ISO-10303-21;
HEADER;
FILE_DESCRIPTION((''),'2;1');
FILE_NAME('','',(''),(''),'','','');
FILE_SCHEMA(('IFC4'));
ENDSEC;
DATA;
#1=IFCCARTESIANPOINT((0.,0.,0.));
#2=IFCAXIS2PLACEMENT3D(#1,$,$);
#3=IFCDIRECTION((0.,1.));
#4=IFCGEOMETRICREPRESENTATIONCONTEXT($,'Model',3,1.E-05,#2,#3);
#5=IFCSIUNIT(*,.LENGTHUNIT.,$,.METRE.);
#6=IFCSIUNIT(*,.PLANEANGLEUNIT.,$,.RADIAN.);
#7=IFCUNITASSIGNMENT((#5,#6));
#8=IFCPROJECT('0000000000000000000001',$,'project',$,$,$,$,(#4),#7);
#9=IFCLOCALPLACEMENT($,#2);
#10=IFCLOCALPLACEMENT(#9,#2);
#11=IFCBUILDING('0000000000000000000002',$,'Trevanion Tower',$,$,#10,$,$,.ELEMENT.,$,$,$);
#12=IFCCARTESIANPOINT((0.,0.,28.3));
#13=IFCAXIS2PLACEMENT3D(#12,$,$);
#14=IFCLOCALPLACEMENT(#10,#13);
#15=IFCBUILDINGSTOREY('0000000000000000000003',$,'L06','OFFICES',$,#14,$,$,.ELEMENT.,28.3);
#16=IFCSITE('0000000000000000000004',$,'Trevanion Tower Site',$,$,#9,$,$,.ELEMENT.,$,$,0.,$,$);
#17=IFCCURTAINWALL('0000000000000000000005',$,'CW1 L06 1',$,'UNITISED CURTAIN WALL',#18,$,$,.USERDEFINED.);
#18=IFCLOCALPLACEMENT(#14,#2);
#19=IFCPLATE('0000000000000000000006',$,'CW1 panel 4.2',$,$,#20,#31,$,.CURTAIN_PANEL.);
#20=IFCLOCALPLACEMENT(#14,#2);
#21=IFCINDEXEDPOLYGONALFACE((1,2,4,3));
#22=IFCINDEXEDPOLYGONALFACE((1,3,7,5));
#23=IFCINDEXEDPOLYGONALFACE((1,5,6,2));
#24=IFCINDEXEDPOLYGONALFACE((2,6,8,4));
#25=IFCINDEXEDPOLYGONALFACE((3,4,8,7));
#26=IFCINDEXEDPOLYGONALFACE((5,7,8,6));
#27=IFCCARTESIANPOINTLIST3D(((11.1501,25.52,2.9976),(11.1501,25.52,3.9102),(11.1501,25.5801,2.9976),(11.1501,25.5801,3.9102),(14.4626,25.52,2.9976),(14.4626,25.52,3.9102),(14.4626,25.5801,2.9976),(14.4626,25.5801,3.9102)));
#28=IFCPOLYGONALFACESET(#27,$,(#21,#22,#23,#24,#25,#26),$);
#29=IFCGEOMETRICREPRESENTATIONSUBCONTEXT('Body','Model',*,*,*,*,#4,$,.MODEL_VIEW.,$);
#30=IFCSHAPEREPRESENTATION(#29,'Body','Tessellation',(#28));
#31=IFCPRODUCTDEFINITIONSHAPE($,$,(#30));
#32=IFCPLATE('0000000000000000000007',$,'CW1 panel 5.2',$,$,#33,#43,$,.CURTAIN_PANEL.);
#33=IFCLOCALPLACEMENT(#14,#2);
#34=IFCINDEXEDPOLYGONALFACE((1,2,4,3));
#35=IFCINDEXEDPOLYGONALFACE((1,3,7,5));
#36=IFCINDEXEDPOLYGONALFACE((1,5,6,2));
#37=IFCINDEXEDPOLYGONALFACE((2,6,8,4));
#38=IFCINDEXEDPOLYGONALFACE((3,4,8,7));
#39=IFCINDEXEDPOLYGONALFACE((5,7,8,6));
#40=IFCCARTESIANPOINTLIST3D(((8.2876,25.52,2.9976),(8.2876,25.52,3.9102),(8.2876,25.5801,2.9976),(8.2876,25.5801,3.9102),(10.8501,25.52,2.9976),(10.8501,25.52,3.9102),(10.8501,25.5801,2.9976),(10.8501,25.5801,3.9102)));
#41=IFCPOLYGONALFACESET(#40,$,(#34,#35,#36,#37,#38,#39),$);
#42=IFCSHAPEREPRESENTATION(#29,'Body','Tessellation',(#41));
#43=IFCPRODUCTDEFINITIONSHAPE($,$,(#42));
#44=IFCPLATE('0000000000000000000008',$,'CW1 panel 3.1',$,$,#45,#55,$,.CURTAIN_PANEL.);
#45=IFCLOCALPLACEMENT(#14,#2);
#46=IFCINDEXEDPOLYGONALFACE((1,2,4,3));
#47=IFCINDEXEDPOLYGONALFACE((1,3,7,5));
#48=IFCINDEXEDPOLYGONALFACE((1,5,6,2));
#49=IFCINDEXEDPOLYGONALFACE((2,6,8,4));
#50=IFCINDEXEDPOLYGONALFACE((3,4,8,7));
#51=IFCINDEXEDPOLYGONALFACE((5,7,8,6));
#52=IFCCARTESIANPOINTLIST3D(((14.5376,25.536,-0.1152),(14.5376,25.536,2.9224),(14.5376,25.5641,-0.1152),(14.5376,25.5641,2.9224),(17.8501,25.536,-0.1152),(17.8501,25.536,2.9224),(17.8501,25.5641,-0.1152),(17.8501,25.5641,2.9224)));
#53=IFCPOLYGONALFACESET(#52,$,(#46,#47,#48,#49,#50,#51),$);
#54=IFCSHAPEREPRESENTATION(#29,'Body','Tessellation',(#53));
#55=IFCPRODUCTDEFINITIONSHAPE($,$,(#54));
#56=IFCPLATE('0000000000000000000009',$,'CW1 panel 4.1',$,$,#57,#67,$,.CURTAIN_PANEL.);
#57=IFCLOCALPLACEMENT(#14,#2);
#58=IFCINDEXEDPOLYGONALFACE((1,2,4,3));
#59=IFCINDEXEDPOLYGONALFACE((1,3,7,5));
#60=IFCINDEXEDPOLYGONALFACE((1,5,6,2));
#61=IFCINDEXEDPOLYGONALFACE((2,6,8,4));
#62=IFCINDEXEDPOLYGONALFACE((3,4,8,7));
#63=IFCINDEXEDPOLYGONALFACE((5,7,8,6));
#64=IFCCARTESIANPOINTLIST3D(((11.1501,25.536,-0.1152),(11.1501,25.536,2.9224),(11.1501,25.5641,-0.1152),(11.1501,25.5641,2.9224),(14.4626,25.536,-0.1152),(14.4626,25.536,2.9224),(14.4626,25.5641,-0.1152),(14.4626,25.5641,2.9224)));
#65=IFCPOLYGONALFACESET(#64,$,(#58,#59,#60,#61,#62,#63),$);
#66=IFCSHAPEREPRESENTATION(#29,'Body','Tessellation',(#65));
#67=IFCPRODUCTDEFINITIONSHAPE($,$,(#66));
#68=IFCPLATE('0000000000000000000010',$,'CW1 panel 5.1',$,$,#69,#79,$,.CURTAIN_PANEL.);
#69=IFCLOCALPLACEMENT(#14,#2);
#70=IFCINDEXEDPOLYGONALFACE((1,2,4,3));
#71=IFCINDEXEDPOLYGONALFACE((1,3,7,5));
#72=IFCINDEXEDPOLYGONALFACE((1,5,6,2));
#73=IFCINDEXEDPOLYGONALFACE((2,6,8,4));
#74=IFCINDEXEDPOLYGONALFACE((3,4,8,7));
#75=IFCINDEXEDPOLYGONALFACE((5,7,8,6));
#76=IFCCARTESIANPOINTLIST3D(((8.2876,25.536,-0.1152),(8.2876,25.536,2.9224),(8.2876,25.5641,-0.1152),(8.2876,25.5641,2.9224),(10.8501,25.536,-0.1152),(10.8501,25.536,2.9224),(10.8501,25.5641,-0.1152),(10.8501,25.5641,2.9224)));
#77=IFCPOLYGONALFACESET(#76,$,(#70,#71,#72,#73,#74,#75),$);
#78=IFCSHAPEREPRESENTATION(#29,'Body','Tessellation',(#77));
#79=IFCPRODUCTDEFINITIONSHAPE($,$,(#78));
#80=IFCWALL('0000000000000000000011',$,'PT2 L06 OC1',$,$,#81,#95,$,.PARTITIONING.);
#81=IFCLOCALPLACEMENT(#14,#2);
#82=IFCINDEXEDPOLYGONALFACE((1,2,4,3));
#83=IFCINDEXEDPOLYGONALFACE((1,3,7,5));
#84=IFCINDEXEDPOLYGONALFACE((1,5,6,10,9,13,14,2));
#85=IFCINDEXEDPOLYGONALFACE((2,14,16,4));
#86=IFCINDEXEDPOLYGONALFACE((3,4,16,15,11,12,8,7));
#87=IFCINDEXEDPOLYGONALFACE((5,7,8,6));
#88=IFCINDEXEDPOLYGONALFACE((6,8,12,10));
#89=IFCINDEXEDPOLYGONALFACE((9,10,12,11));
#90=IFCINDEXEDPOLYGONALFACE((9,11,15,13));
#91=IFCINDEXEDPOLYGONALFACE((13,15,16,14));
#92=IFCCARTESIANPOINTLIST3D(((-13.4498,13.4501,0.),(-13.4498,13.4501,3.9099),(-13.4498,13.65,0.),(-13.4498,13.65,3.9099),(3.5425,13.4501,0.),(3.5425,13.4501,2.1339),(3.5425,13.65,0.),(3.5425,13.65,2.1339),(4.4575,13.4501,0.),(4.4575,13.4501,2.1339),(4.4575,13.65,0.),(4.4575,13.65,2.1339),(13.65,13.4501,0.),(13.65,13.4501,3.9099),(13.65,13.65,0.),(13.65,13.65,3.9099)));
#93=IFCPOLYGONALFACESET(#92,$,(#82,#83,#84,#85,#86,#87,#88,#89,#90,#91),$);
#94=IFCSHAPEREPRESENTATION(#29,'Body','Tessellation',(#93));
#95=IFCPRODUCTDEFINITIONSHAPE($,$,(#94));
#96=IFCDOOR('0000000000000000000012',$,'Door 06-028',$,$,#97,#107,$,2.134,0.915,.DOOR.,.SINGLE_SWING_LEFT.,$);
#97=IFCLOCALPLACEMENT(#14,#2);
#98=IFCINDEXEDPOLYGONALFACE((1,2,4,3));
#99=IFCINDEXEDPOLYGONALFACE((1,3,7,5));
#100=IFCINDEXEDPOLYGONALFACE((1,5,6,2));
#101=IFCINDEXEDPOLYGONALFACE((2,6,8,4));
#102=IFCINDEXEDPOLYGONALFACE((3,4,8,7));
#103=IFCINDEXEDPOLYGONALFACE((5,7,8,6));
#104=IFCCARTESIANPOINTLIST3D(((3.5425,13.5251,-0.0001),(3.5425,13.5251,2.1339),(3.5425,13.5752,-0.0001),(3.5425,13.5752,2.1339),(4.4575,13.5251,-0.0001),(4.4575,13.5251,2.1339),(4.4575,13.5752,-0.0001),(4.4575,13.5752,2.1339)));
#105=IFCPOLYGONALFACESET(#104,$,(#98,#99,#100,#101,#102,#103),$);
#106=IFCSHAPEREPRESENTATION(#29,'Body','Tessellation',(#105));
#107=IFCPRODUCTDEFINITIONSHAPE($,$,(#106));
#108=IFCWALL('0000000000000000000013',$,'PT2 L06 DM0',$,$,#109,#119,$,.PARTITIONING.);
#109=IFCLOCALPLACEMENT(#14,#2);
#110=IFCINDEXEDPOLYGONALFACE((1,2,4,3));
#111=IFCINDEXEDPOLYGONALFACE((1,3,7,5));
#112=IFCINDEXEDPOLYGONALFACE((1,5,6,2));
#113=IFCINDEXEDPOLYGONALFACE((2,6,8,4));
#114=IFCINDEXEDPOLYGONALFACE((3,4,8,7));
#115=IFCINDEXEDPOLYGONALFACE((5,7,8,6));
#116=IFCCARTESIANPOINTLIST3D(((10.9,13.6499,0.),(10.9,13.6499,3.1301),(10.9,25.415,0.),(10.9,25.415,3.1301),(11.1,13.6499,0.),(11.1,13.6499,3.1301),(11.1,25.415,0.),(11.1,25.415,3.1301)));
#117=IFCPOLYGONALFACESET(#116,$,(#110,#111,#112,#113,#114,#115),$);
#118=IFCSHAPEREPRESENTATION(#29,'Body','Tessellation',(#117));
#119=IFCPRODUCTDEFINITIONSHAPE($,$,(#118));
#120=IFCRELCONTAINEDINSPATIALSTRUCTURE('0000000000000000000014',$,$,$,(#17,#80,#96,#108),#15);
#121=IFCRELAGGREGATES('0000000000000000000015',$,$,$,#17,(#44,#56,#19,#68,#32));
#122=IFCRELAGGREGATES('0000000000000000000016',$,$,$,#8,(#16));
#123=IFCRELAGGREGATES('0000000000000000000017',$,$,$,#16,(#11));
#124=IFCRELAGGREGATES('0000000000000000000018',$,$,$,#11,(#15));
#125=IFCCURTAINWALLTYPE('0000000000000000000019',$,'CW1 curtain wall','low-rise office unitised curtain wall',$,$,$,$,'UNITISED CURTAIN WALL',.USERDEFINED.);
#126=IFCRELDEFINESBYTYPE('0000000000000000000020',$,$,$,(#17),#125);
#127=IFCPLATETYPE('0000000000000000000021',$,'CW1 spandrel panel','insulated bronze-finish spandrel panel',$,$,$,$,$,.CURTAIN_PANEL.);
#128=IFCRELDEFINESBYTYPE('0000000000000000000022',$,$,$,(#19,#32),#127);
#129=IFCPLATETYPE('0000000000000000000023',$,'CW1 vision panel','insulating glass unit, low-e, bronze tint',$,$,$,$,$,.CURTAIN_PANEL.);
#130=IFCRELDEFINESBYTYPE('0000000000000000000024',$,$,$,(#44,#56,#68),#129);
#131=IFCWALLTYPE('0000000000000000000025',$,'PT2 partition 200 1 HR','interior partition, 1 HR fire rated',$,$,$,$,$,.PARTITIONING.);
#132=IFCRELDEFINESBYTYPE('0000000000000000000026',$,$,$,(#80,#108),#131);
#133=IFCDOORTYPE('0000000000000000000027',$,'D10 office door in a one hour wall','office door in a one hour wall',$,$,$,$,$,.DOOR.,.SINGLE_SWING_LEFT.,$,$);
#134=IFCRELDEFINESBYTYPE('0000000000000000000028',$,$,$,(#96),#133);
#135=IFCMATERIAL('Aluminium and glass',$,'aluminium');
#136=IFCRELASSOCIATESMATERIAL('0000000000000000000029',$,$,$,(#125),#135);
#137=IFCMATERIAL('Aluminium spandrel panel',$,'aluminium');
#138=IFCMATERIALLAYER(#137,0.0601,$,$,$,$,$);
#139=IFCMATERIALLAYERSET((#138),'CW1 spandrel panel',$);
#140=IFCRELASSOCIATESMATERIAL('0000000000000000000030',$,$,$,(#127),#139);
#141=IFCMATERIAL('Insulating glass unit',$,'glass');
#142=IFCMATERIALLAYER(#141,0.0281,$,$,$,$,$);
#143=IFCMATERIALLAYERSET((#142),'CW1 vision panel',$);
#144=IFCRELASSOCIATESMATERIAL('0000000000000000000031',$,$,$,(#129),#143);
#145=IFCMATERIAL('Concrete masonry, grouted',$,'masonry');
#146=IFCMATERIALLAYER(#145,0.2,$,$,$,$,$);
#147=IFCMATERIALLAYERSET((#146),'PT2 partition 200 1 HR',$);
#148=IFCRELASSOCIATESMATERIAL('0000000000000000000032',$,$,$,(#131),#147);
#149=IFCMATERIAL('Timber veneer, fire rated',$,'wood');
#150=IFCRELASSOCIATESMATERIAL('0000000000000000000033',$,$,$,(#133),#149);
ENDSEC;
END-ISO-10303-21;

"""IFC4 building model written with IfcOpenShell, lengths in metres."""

from ifc_helpers import new_model, si_unit, direction, frame, frame_2d, origin, origin_2d, place, context, subcontext, project, spatial, rectangle, extrude, material, layer, layer_set, type_object, element, fill, aggregate, save


model = new_model("IFC4")

# Units and contexts
model_context = context("Model", 3, precision=1e-05, world=origin(), true_north=direction((0.0, 1.0)))
body_context = subcontext(model_context, "Body", "Model", "MODEL_VIEW")
ifc_project = project(units=[si_unit("LENGTHUNIT", "METRE"), si_unit("PLANEANGLEUNIT", "RADIAN")], contexts=[model_context])

# Site, building, storey
site_placement = place(None, origin())
site = spatial("IfcSite", under=ifc_project, at=site_placement, Name="Trevanion Tower Site", CompositionType="ELEMENT", RefElevation=0.0)
building_placement = place(site_placement, origin())
building = spatial("IfcBuilding", under=site, at=building_placement, Name="Trevanion Tower", CompositionType="ELEMENT")
storey_placement = place(building_placement, frame((0.0, 0.0, 28.3)))
storey = spatial("IfcBuildingStorey", under=building, at=storey_placement, Name="L06", Description="OFFICES", CompositionType="ELEMENT", Elevation=28.3)

# Curtain wall
ifc_material_1 = material(Name="Aluminium and glass", Category="aluminium")
curtain_wall_type = type_object("IfcCurtainWallType", Name="CW1 curtain wall", Description="low-rise office unitised curtain wall", ElementType="UNITISED CURTAIN WALL", PredefinedType="USERDEFINED", material=ifc_material_1)
curtain_wall_placement = place(storey_placement, origin())
curtain_wall = element("IfcCurtainWall", 1, at=curtain_wall_placement, inside=storey, type_object=curtain_wall_type, Name="CW1 L06 1", ObjectType="UNITISED CURTAIN WALL", PredefinedType="USERDEFINED")

# Plates
ifc_material_2 = material(Name="Aluminium spandrel panel", Category="aluminium")
ifc_layer_1 = layer(ifc_material_2, 0.0601)
ifc_layer_set_1 = layer_set([ifc_layer_1], Name="CW1 spandrel panel")
plate_type_1 = type_object("IfcPlateType", Name="CW1 spandrel panel", Description="insulated bronze-finish spandrel panel", PredefinedType="CURTAIN_PANEL", material=ifc_layer_set_1)
plate_1_placement = place(storey_placement, frame((12.8064, 25.55, 2.9976), z_axis=(0.0, 0.0, 1.0), x_axis=(-1.0, 0.0, 0.0)))
plate_1 = element("IfcPlate", 2, at=plate_1_placement, type_object=plate_type_1, Name="CW1 panel 4.2", PredefinedType="CURTAIN_PANEL", context=body_context, shape_type="SweptSolid", body=[
    extrude(rectangle(XDim=3.3125, YDim=0.0601, at=origin_2d()), origin(), (0.0, 0.0, 1.0), 0.9126),
])
plate_2_placement = place(storey_placement, frame((9.5688, 25.55, 2.9976), z_axis=(0.0, 0.0, 1.0), x_axis=(-1.0, 0.0, 0.0)))
plate_2 = element("IfcPlate", 3, at=plate_2_placement, type_object=plate_type_1, Name="CW1 panel 5.2", PredefinedType="CURTAIN_PANEL", context=body_context, shape_type="SweptSolid", body=[
    extrude(rectangle(XDim=2.5625, YDim=0.0601, at=origin_2d()), origin(), (0.0, 0.0, 1.0), 0.9126),
])
ifc_material_3 = material(Name="Insulating glass unit", Category="glass")
ifc_layer_2 = layer(ifc_material_3, 0.0281)
ifc_layer_set_2 = layer_set([ifc_layer_2], Name="CW1 vision panel")
plate_type_2 = type_object("IfcPlateType", Name="CW1 vision panel", Description="insulating glass unit, low-e, bronze tint", PredefinedType="CURTAIN_PANEL", material=ifc_layer_set_2)
plate_3_placement = place(storey_placement, frame((16.1938, 25.55, -0.1152), z_axis=(0.0, 0.0, 1.0), x_axis=(-1.0, 0.0, 0.0)))
plate_3 = element("IfcPlate", 4, at=plate_3_placement, type_object=plate_type_2, Name="CW1 panel 3.1", PredefinedType="CURTAIN_PANEL", context=body_context, shape_type="SweptSolid", body=[
    extrude(rectangle(XDim=3.3125, YDim=0.0281, at=origin_2d()), origin(), (0.0, 0.0, 1.0), 3.0376),
])
plate_4_placement = place(storey_placement, frame((12.8064, 25.55, -0.1152), z_axis=(0.0, 0.0, 1.0), x_axis=(-1.0, 0.0, 0.0)))
plate_4 = element("IfcPlate", 5, at=plate_4_placement, type_object=plate_type_2, Name="CW1 panel 4.1", PredefinedType="CURTAIN_PANEL", context=body_context, shape_type="SweptSolid", body=[
    extrude(rectangle(XDim=3.3125, YDim=0.0281, at=origin_2d()), origin(), (0.0, 0.0, 1.0), 3.0376),
])
plate_5_placement = place(storey_placement, frame((9.5688, 25.55, -0.1152), z_axis=(0.0, 0.0, 1.0), x_axis=(-1.0, 0.0, 0.0)))
plate_5 = element("IfcPlate", 6, at=plate_5_placement, type_object=plate_type_2, Name="CW1 panel 5.1", PredefinedType="CURTAIN_PANEL", context=body_context, shape_type="SweptSolid", body=[
    extrude(rectangle(XDim=2.5625, YDim=0.0281, at=origin_2d()), origin(), (0.0, 0.0, 1.0), 3.0376),
])
aggregate(curtain_wall, [plate_3, plate_4, plate_1, plate_5, plate_2])

# Wall, opening, door
ifc_material_4 = material(Name="Concrete masonry, grouted", Category="masonry")
ifc_layer_3 = layer(ifc_material_4, 0.2)
ifc_layer_set_3 = layer_set([ifc_layer_3], Name="PT2 partition 200 1 HR")
wall_type = type_object("IfcWallType", Name="PT2 partition 200 1 HR", Description="interior partition, 1 HR fire rated", PredefinedType="PARTITIONING", material=ifc_layer_set_3)
wall_1_placement = place(storey_placement, frame((13.6499, 13.55, 0.0), z_axis=(0.0, 0.0, 1.0), x_axis=(-1.0, 0.0, 0.0)))
wall_1 = element("IfcWall", 7, at=wall_1_placement, inside=storey, type_object=wall_type, Name="PT2 L06 OC1", PredefinedType="PARTITIONING", context=body_context, shape_type="SweptSolid", body=[
    extrude(rectangle(XDim=27.0999, YDim=0.2, at=frame_2d((13.5498, 0.0))), origin(), (0.0, 0.0, 1.0), 3.9099),
])
opening_placement = place(wall_1_placement, frame((9.1924, 0.0, 0.0)))
opening = element("IfcOpeningElement", 8, at=opening_placement, cuts=wall_1, PredefinedType="OPENING", context=body_context, shape_type="SweptSolid", body=[
    extrude(rectangle(XDim=0.915, YDim=2.134, at=frame_2d((0.4575, 1.0669))), frame((0.0, 0.1099, 0.0), z_axis=(0.0, -1.0, 0.0), x_axis=(1.0, 0.0, 0.0)), (0.0, 0.0, 1.0), 0.22),
])
ifc_material_5 = material(Name="Timber veneer, fire rated", Category="wood")
door_type = type_object("IfcDoorType", Name="D10 office door in a one hour wall", Description="office door in a one hour wall", OperationType="SINGLE_SWING_LEFT", PredefinedType="DOOR", material=ifc_material_5)
door_placement = place(opening_placement, origin())
door = element("IfcDoor", 9, at=door_placement, inside=storey, type_object=door_type, Name="Door 06-028", OperationType="SINGLE_SWING_LEFT", OverallHeight=2.134, OverallWidth=0.915, PredefinedType="DOOR", context=body_context, shape_type="SweptSolid", body=[
    extrude(rectangle(XDim=0.915, YDim=2.134, at=frame_2d((0.4575, 1.0669))), frame((0.0, 0.0249, 0.0), z_axis=(0.0, -1.0, 0.0), x_axis=(1.0, 0.0, 0.0)), (0.0, 0.0, 1.0), 0.05),
])
fill(opening, door)

# Wall
wall_2_placement = place(storey_placement, frame((11.0, 13.6499, 0.0), z_axis=(0.0, 0.0, 1.0), x_axis=(0.0, 1.0, 0.0)))
element("IfcWall", 10, at=wall_2_placement, inside=storey, type_object=wall_type, Name="PT2 L06 DM0", PredefinedType="PARTITIONING", context=body_context, shape_type="SweptSolid", body=[
    extrude(rectangle(XDim=11.7651, YDim=0.2, at=frame_2d((5.8826, 0.0))), origin(), (0.0, 0.0, 1.0), 3.1301),
])

save(model, "model.ifc")
